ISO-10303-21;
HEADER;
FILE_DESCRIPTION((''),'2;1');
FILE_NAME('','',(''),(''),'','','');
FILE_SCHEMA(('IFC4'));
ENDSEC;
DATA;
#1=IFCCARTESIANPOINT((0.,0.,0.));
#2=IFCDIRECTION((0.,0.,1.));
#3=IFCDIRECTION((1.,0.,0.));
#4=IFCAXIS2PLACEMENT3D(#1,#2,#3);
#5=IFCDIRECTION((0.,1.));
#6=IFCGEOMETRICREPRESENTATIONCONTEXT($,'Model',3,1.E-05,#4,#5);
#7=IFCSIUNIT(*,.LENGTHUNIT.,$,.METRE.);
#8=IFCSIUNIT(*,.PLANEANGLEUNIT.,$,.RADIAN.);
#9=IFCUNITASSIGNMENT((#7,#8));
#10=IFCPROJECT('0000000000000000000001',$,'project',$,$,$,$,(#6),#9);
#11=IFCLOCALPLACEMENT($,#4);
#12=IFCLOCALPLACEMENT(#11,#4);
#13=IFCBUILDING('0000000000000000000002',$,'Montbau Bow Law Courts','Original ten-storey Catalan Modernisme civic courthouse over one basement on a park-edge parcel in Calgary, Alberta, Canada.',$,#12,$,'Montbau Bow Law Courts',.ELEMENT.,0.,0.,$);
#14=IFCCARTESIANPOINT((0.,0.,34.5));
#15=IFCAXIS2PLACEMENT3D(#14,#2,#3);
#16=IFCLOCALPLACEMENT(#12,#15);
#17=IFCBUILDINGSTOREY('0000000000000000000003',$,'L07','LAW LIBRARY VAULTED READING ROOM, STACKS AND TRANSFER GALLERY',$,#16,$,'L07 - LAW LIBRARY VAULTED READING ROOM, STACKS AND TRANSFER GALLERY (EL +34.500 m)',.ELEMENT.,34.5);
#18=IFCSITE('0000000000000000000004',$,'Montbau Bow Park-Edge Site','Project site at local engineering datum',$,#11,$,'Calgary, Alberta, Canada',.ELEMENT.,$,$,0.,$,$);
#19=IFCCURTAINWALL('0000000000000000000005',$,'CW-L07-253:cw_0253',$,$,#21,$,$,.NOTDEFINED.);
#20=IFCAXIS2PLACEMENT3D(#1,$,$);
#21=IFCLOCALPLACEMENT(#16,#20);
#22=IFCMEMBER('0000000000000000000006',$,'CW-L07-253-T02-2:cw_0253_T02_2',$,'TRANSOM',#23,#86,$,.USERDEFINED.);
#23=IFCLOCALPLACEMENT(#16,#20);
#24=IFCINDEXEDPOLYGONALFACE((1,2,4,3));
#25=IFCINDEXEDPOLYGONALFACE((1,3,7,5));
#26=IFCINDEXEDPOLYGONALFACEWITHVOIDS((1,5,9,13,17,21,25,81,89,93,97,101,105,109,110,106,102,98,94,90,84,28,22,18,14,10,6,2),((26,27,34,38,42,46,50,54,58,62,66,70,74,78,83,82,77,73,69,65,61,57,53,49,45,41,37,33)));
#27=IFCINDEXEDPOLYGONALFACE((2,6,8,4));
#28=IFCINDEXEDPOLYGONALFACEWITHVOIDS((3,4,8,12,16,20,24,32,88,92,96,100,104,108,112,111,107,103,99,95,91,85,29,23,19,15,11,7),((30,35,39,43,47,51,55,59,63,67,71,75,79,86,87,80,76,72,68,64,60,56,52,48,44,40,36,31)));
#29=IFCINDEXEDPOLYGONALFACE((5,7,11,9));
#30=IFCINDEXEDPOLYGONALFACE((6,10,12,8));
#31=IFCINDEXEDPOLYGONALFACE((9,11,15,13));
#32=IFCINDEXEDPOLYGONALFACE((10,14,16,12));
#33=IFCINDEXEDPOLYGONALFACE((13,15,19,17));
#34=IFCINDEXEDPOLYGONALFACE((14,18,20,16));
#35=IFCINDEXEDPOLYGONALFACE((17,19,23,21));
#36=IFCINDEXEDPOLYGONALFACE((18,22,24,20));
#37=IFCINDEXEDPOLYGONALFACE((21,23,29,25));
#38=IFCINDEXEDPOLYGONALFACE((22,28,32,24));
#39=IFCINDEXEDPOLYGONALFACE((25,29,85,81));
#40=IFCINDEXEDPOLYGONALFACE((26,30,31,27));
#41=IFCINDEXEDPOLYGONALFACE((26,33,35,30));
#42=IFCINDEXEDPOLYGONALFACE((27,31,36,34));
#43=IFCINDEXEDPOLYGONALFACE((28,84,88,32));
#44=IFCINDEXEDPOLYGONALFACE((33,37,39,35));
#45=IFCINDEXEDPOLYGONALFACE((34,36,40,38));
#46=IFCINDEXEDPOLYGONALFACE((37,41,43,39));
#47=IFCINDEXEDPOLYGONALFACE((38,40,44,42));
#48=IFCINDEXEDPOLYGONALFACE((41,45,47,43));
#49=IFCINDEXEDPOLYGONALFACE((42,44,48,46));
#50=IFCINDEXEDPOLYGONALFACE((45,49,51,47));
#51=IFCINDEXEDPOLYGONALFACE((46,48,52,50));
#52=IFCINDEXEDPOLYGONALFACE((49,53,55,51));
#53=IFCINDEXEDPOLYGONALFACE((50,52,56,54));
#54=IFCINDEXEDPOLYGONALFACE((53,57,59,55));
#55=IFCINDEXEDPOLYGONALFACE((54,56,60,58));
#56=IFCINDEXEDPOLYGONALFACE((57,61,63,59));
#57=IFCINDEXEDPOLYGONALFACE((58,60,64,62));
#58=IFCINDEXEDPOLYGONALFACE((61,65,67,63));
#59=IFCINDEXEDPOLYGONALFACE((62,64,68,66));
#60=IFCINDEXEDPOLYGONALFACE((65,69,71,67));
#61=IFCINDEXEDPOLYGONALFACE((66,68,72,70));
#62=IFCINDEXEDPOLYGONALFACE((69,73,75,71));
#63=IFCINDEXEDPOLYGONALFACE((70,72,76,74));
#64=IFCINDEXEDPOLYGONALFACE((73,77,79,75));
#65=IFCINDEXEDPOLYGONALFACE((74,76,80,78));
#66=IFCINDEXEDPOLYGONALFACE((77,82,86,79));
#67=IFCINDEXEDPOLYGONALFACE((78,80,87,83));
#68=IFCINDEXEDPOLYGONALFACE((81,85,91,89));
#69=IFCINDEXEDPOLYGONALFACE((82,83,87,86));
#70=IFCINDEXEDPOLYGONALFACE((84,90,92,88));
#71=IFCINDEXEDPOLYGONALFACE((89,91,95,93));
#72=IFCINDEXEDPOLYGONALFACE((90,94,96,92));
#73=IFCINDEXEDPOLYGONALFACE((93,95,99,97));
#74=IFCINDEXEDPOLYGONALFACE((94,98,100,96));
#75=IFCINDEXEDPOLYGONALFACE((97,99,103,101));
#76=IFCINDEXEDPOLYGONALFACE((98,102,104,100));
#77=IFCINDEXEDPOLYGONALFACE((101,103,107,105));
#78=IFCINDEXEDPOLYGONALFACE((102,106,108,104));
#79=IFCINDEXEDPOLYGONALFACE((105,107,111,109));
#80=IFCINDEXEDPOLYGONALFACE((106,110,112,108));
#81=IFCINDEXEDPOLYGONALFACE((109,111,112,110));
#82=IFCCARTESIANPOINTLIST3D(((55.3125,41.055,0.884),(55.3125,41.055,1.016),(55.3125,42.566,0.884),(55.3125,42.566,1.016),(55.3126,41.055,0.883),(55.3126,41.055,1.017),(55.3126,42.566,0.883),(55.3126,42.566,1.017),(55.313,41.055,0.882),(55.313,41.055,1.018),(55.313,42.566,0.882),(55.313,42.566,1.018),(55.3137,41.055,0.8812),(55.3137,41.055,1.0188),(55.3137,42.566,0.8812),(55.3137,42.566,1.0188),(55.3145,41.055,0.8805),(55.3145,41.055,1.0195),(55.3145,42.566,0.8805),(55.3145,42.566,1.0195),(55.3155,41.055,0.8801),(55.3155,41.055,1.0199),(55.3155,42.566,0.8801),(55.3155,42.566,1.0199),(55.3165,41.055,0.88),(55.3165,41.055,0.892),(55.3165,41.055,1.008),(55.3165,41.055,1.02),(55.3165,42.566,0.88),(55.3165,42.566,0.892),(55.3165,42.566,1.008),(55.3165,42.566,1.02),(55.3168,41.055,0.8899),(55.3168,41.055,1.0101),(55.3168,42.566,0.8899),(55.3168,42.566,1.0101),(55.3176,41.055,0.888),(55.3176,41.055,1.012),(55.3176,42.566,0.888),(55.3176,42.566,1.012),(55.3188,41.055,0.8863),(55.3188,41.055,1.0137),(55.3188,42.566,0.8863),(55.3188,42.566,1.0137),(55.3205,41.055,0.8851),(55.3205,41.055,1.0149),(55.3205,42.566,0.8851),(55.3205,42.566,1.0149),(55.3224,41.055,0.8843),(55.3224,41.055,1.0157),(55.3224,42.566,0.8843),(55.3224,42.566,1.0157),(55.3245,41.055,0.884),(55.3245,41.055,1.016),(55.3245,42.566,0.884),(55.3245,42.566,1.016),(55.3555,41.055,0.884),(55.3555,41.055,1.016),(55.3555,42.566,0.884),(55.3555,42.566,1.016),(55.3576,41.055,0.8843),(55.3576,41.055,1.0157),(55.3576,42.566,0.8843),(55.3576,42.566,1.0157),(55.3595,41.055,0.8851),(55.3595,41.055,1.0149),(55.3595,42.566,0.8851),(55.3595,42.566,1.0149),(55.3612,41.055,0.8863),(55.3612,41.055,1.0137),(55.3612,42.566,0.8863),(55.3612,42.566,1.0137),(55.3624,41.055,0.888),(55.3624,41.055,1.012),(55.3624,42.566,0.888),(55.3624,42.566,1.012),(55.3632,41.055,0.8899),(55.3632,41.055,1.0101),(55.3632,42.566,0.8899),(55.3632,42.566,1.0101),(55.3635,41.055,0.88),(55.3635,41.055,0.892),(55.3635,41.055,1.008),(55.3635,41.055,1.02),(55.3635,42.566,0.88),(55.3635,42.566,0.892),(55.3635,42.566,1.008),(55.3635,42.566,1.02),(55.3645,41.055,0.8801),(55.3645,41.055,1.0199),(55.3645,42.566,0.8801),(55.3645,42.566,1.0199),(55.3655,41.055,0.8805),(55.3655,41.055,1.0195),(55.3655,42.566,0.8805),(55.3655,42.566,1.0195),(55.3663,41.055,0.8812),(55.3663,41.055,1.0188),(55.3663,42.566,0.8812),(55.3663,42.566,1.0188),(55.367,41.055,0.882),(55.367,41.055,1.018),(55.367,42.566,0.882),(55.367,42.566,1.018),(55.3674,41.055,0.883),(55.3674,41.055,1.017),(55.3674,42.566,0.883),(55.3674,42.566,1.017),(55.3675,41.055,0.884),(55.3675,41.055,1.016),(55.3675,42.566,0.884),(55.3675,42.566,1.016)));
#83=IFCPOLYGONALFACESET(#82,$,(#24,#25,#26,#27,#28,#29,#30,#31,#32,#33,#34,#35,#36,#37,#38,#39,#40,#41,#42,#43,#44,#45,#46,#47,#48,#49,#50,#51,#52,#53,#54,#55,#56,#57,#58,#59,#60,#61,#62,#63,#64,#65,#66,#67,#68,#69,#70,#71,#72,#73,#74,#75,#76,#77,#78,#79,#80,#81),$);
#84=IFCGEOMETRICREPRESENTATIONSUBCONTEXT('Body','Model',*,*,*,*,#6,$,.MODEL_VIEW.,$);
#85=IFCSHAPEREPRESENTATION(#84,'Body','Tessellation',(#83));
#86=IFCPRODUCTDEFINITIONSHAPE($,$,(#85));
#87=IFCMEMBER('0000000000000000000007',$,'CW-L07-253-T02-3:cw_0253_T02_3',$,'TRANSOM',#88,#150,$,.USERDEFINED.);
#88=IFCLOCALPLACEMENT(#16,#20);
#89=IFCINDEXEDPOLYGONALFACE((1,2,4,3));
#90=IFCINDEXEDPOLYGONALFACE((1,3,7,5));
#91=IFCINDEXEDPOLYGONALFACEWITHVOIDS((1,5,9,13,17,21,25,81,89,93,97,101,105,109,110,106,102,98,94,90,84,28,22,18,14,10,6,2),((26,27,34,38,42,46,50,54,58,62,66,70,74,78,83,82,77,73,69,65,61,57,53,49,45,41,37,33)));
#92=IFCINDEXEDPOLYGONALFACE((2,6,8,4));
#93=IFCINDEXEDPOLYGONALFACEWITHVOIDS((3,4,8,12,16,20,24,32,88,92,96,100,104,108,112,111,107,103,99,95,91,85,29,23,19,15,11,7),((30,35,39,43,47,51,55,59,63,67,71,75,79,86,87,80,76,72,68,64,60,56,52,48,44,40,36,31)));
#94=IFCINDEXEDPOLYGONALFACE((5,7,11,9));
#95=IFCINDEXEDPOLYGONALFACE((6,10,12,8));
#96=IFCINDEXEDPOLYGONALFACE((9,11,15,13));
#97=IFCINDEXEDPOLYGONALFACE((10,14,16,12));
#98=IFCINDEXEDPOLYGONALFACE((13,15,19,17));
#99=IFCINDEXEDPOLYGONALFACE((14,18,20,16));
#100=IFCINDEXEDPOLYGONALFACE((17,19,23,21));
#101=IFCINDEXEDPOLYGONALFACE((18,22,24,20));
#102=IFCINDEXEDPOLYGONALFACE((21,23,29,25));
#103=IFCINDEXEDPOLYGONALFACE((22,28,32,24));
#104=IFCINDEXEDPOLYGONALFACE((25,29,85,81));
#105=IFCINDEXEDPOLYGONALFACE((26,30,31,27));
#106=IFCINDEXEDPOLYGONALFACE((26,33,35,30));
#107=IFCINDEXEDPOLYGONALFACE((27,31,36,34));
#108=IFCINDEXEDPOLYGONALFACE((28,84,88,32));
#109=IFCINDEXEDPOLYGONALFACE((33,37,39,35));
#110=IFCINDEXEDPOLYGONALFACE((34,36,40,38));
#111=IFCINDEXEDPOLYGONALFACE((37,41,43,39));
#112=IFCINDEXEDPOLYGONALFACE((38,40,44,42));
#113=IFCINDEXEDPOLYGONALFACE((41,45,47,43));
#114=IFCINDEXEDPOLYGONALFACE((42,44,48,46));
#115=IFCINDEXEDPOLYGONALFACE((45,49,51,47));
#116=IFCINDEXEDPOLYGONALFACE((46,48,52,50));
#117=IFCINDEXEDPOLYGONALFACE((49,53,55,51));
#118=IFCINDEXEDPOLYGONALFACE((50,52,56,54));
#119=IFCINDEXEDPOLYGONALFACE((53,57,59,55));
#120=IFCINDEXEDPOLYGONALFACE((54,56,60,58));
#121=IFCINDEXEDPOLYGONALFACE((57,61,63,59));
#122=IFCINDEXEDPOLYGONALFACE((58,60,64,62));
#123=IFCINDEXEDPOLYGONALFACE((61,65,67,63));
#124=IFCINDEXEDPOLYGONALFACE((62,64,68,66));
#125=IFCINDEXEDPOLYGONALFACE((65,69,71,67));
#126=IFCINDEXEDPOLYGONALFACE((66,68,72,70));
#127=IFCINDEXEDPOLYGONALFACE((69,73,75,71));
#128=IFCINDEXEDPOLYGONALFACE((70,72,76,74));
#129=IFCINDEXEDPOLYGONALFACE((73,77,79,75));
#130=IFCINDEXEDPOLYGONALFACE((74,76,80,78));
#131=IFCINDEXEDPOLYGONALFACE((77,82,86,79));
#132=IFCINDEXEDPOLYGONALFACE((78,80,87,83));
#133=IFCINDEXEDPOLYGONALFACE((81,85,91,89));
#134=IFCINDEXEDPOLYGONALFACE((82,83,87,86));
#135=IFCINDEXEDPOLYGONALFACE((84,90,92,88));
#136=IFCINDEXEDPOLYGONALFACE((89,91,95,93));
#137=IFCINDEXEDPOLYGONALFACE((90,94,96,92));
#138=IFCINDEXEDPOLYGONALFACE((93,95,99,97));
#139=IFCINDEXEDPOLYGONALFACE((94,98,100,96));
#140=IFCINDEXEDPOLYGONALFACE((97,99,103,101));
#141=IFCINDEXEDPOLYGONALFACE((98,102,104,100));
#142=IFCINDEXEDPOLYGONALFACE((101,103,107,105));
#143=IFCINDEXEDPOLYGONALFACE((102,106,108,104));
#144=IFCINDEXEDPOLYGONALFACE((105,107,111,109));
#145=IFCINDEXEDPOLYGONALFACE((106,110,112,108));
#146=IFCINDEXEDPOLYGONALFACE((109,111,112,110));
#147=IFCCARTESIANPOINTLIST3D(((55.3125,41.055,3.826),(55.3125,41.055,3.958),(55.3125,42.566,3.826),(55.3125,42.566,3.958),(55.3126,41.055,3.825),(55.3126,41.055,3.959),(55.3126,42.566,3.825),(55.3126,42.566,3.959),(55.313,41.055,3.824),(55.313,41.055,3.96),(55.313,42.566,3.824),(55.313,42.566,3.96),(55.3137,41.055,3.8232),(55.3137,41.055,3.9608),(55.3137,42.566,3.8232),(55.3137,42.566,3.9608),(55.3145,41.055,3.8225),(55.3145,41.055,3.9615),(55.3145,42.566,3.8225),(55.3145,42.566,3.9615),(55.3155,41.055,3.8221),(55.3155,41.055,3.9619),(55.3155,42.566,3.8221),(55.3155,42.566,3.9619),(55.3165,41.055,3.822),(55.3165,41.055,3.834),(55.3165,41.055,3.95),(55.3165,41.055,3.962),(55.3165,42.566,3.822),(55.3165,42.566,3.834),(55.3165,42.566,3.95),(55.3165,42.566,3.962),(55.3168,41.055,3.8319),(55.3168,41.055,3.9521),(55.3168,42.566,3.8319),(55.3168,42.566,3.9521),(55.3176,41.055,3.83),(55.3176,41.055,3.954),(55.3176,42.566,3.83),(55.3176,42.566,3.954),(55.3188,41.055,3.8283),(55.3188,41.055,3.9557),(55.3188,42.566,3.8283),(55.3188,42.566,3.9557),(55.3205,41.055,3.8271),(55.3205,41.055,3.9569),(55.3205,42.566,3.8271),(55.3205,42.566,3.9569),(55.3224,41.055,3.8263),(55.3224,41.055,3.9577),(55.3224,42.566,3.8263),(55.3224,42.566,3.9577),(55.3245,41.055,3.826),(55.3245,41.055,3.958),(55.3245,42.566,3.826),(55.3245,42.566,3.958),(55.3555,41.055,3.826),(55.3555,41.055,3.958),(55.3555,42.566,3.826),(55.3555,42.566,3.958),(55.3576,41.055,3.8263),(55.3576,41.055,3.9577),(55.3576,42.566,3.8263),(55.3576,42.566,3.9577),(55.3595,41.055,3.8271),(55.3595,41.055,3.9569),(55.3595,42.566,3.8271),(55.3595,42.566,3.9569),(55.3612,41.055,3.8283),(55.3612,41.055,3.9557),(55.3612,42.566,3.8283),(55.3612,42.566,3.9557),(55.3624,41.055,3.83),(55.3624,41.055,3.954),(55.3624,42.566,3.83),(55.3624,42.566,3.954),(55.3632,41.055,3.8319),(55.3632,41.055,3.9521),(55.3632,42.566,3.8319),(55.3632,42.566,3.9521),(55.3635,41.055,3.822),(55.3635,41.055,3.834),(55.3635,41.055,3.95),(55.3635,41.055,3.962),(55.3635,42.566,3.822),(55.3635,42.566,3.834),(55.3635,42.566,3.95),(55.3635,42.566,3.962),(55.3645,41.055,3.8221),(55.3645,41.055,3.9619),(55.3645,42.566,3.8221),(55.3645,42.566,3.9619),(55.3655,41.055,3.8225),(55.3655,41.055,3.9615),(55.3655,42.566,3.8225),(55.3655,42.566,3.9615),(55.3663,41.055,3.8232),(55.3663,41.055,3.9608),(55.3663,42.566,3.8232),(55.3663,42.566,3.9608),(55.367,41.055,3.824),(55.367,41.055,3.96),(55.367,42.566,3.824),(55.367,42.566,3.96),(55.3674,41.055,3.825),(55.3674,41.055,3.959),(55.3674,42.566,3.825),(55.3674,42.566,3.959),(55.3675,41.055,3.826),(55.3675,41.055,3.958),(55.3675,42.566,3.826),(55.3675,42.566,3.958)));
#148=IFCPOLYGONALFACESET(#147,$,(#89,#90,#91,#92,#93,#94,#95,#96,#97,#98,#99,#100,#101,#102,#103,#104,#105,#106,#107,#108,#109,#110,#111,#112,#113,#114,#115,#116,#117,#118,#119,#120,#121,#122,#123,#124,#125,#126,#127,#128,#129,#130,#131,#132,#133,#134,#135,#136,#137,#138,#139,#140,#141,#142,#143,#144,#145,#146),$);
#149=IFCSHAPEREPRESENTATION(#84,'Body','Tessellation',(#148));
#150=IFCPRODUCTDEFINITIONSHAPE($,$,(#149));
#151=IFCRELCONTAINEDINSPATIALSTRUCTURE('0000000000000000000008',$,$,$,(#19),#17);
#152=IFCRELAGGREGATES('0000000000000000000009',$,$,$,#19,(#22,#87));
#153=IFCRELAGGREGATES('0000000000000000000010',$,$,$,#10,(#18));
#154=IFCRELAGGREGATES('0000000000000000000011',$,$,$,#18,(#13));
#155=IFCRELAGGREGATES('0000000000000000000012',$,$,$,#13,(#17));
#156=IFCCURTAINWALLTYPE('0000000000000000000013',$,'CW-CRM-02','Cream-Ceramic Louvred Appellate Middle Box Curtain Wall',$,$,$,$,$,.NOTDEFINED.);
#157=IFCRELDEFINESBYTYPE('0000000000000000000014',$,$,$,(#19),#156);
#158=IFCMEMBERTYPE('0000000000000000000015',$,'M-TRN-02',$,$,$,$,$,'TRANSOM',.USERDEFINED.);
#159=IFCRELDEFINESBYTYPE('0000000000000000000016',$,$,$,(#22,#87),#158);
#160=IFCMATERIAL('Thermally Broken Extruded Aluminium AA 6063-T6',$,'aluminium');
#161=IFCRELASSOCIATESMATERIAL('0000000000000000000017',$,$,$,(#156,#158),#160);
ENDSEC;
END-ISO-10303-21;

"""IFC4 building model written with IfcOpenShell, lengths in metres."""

from ifc_helpers import new_model, si_unit, direction, frame, origin_with_axes, origin_2d_with_axis, place, context, subcontext, project, spatial, hollow_rectangle, extrude, material, material_profile, profile_set, type_object, element, aggregate, save


model = new_model("IFC4")

# Units and contexts
model_context = context("Model", 3, precision=1e-05, world=origin_with_axes(), true_north=direction((0.0, 1.0)))
body_context = subcontext(model_context, "Body", "Model", "MODEL_VIEW")
ifc_project = project(units=[si_unit("LENGTHUNIT", "METRE"), si_unit("PLANEANGLEUNIT", "RADIAN")], contexts=[model_context])

# Site, building, storey
site_placement = place(None, origin_with_axes())
site = spatial("IfcSite", under=ifc_project, at=site_placement, Name="Montbau Bow Park-Edge Site", Description="Project site at local engineering datum", LongName="Calgary, Alberta, Canada", CompositionType="ELEMENT", RefElevation=0.0)
building_placement = place(site_placement, origin_with_axes())
building = spatial("IfcBuilding", under=site, at=building_placement, Name="Montbau Bow Law Courts", Description="Original ten-storey Catalan Modernisme civic courthouse over one basement on a park-edge parcel in Calgary, Alberta, Canada.", LongName="Montbau Bow Law Courts", CompositionType="ELEMENT", ElevationOfRefHeight=0.0, ElevationOfTerrain=0.0)
storey_placement = place(building_placement, frame((0.0, 0.0, 34.5), z_axis=(0.0, 0.0, 1.0), x_axis=(1.0, 0.0, 0.0)))
storey = spatial("IfcBuildingStorey", under=building, at=storey_placement, Name="L07", Description="LAW LIBRARY VAULTED READING ROOM, STACKS AND TRANSFER GALLERY", LongName="L07 - LAW LIBRARY VAULTED READING ROOM, STACKS AND TRANSFER GALLERY (EL +34.500 m)", CompositionType="ELEMENT", Elevation=34.5)

# Curtain wall, members
ifc_material_1 = material(Name="Thermally Broken Extruded Aluminium AA 6063-T6", Category="aluminium")
curtain_wall_type = type_object("IfcCurtainWallType", Name="CW-CRM-02", Description="Cream-Ceramic Louvred Appellate Middle Box Curtain Wall", PredefinedType="NOTDEFINED", material=ifc_material_1)
curtain_wall_placement = place(None, frame((55.34, 39.44, 34.5), z_axis=(0.0, 0.0, 1.0), x_axis=(1.0, 0.0, 0.0)))
curtain_wall = element("IfcCurtainWall", 1, at=curtain_wall_placement, inside=storey, type_object=curtain_wall_type, Name="CW-L07-253:cw_0253", PredefinedType="NOTDEFINED")
ifc_material_profile_1 = material_profile(ifc_material_1, hollow_rectangle(XDim=0.055, YDim=0.14, WallThickness=0.004, InnerFilletRadius=0.008, OuterFilletRadius=0.004, at=origin_2d_with_axis()), Name="CWT-140X55", Category="Main", Priority=0)
ifc_profile_set_1 = profile_set([ifc_material_profile_1], Name="Thermally Broken Extruded Aluminium AA 6063-T6")
member_type_1 = type_object("IfcMemberType", Name="M-TRN-02", ElementType="TRANSOM", PredefinedType="USERDEFINED", material=ifc_profile_set_1)
member_1_placement = place(None, frame((55.34, 41.055, 35.45), z_axis=(0.0, 1.0, 0.0), x_axis=(-1.0, 0.0, 0.0)))
member_1 = element("IfcMember", 2, at=member_1_placement, type_object=member_type_1, Name="CW-L07-253-T02-2:cw_0253_T02_2", ObjectType="TRANSOM", PredefinedType="USERDEFINED", context=body_context, shape_type="SweptSolid", body=[
    extrude(hollow_rectangle(XDim=0.055, YDim=0.14, WallThickness=0.004, InnerFilletRadius=0.008, OuterFilletRadius=0.004, at=origin_2d_with_axis()), origin_with_axes(), (0.0, 0.0, 1.0), 1.511),
])
member_2_placement = place(None, frame((55.34, 41.055, 38.392), z_axis=(0.0, 1.0, 0.0), x_axis=(-1.0, 0.0, 0.0)))
member_2 = element("IfcMember", 3, at=member_2_placement, type_object=member_type_1, Name="CW-L07-253-T02-3:cw_0253_T02_3", ObjectType="TRANSOM", PredefinedType="USERDEFINED", context=body_context, shape_type="SweptSolid", body=[
    extrude(hollow_rectangle(XDim=0.055, YDim=0.14, WallThickness=0.004, InnerFilletRadius=0.008, OuterFilletRadius=0.004, at=origin_2d_with_axis()), origin_with_axes(), (0.0, 0.0, 1.0), 1.511),
])
aggregate(curtain_wall, [member_1, member_2])

save(model, "model.ifc")
